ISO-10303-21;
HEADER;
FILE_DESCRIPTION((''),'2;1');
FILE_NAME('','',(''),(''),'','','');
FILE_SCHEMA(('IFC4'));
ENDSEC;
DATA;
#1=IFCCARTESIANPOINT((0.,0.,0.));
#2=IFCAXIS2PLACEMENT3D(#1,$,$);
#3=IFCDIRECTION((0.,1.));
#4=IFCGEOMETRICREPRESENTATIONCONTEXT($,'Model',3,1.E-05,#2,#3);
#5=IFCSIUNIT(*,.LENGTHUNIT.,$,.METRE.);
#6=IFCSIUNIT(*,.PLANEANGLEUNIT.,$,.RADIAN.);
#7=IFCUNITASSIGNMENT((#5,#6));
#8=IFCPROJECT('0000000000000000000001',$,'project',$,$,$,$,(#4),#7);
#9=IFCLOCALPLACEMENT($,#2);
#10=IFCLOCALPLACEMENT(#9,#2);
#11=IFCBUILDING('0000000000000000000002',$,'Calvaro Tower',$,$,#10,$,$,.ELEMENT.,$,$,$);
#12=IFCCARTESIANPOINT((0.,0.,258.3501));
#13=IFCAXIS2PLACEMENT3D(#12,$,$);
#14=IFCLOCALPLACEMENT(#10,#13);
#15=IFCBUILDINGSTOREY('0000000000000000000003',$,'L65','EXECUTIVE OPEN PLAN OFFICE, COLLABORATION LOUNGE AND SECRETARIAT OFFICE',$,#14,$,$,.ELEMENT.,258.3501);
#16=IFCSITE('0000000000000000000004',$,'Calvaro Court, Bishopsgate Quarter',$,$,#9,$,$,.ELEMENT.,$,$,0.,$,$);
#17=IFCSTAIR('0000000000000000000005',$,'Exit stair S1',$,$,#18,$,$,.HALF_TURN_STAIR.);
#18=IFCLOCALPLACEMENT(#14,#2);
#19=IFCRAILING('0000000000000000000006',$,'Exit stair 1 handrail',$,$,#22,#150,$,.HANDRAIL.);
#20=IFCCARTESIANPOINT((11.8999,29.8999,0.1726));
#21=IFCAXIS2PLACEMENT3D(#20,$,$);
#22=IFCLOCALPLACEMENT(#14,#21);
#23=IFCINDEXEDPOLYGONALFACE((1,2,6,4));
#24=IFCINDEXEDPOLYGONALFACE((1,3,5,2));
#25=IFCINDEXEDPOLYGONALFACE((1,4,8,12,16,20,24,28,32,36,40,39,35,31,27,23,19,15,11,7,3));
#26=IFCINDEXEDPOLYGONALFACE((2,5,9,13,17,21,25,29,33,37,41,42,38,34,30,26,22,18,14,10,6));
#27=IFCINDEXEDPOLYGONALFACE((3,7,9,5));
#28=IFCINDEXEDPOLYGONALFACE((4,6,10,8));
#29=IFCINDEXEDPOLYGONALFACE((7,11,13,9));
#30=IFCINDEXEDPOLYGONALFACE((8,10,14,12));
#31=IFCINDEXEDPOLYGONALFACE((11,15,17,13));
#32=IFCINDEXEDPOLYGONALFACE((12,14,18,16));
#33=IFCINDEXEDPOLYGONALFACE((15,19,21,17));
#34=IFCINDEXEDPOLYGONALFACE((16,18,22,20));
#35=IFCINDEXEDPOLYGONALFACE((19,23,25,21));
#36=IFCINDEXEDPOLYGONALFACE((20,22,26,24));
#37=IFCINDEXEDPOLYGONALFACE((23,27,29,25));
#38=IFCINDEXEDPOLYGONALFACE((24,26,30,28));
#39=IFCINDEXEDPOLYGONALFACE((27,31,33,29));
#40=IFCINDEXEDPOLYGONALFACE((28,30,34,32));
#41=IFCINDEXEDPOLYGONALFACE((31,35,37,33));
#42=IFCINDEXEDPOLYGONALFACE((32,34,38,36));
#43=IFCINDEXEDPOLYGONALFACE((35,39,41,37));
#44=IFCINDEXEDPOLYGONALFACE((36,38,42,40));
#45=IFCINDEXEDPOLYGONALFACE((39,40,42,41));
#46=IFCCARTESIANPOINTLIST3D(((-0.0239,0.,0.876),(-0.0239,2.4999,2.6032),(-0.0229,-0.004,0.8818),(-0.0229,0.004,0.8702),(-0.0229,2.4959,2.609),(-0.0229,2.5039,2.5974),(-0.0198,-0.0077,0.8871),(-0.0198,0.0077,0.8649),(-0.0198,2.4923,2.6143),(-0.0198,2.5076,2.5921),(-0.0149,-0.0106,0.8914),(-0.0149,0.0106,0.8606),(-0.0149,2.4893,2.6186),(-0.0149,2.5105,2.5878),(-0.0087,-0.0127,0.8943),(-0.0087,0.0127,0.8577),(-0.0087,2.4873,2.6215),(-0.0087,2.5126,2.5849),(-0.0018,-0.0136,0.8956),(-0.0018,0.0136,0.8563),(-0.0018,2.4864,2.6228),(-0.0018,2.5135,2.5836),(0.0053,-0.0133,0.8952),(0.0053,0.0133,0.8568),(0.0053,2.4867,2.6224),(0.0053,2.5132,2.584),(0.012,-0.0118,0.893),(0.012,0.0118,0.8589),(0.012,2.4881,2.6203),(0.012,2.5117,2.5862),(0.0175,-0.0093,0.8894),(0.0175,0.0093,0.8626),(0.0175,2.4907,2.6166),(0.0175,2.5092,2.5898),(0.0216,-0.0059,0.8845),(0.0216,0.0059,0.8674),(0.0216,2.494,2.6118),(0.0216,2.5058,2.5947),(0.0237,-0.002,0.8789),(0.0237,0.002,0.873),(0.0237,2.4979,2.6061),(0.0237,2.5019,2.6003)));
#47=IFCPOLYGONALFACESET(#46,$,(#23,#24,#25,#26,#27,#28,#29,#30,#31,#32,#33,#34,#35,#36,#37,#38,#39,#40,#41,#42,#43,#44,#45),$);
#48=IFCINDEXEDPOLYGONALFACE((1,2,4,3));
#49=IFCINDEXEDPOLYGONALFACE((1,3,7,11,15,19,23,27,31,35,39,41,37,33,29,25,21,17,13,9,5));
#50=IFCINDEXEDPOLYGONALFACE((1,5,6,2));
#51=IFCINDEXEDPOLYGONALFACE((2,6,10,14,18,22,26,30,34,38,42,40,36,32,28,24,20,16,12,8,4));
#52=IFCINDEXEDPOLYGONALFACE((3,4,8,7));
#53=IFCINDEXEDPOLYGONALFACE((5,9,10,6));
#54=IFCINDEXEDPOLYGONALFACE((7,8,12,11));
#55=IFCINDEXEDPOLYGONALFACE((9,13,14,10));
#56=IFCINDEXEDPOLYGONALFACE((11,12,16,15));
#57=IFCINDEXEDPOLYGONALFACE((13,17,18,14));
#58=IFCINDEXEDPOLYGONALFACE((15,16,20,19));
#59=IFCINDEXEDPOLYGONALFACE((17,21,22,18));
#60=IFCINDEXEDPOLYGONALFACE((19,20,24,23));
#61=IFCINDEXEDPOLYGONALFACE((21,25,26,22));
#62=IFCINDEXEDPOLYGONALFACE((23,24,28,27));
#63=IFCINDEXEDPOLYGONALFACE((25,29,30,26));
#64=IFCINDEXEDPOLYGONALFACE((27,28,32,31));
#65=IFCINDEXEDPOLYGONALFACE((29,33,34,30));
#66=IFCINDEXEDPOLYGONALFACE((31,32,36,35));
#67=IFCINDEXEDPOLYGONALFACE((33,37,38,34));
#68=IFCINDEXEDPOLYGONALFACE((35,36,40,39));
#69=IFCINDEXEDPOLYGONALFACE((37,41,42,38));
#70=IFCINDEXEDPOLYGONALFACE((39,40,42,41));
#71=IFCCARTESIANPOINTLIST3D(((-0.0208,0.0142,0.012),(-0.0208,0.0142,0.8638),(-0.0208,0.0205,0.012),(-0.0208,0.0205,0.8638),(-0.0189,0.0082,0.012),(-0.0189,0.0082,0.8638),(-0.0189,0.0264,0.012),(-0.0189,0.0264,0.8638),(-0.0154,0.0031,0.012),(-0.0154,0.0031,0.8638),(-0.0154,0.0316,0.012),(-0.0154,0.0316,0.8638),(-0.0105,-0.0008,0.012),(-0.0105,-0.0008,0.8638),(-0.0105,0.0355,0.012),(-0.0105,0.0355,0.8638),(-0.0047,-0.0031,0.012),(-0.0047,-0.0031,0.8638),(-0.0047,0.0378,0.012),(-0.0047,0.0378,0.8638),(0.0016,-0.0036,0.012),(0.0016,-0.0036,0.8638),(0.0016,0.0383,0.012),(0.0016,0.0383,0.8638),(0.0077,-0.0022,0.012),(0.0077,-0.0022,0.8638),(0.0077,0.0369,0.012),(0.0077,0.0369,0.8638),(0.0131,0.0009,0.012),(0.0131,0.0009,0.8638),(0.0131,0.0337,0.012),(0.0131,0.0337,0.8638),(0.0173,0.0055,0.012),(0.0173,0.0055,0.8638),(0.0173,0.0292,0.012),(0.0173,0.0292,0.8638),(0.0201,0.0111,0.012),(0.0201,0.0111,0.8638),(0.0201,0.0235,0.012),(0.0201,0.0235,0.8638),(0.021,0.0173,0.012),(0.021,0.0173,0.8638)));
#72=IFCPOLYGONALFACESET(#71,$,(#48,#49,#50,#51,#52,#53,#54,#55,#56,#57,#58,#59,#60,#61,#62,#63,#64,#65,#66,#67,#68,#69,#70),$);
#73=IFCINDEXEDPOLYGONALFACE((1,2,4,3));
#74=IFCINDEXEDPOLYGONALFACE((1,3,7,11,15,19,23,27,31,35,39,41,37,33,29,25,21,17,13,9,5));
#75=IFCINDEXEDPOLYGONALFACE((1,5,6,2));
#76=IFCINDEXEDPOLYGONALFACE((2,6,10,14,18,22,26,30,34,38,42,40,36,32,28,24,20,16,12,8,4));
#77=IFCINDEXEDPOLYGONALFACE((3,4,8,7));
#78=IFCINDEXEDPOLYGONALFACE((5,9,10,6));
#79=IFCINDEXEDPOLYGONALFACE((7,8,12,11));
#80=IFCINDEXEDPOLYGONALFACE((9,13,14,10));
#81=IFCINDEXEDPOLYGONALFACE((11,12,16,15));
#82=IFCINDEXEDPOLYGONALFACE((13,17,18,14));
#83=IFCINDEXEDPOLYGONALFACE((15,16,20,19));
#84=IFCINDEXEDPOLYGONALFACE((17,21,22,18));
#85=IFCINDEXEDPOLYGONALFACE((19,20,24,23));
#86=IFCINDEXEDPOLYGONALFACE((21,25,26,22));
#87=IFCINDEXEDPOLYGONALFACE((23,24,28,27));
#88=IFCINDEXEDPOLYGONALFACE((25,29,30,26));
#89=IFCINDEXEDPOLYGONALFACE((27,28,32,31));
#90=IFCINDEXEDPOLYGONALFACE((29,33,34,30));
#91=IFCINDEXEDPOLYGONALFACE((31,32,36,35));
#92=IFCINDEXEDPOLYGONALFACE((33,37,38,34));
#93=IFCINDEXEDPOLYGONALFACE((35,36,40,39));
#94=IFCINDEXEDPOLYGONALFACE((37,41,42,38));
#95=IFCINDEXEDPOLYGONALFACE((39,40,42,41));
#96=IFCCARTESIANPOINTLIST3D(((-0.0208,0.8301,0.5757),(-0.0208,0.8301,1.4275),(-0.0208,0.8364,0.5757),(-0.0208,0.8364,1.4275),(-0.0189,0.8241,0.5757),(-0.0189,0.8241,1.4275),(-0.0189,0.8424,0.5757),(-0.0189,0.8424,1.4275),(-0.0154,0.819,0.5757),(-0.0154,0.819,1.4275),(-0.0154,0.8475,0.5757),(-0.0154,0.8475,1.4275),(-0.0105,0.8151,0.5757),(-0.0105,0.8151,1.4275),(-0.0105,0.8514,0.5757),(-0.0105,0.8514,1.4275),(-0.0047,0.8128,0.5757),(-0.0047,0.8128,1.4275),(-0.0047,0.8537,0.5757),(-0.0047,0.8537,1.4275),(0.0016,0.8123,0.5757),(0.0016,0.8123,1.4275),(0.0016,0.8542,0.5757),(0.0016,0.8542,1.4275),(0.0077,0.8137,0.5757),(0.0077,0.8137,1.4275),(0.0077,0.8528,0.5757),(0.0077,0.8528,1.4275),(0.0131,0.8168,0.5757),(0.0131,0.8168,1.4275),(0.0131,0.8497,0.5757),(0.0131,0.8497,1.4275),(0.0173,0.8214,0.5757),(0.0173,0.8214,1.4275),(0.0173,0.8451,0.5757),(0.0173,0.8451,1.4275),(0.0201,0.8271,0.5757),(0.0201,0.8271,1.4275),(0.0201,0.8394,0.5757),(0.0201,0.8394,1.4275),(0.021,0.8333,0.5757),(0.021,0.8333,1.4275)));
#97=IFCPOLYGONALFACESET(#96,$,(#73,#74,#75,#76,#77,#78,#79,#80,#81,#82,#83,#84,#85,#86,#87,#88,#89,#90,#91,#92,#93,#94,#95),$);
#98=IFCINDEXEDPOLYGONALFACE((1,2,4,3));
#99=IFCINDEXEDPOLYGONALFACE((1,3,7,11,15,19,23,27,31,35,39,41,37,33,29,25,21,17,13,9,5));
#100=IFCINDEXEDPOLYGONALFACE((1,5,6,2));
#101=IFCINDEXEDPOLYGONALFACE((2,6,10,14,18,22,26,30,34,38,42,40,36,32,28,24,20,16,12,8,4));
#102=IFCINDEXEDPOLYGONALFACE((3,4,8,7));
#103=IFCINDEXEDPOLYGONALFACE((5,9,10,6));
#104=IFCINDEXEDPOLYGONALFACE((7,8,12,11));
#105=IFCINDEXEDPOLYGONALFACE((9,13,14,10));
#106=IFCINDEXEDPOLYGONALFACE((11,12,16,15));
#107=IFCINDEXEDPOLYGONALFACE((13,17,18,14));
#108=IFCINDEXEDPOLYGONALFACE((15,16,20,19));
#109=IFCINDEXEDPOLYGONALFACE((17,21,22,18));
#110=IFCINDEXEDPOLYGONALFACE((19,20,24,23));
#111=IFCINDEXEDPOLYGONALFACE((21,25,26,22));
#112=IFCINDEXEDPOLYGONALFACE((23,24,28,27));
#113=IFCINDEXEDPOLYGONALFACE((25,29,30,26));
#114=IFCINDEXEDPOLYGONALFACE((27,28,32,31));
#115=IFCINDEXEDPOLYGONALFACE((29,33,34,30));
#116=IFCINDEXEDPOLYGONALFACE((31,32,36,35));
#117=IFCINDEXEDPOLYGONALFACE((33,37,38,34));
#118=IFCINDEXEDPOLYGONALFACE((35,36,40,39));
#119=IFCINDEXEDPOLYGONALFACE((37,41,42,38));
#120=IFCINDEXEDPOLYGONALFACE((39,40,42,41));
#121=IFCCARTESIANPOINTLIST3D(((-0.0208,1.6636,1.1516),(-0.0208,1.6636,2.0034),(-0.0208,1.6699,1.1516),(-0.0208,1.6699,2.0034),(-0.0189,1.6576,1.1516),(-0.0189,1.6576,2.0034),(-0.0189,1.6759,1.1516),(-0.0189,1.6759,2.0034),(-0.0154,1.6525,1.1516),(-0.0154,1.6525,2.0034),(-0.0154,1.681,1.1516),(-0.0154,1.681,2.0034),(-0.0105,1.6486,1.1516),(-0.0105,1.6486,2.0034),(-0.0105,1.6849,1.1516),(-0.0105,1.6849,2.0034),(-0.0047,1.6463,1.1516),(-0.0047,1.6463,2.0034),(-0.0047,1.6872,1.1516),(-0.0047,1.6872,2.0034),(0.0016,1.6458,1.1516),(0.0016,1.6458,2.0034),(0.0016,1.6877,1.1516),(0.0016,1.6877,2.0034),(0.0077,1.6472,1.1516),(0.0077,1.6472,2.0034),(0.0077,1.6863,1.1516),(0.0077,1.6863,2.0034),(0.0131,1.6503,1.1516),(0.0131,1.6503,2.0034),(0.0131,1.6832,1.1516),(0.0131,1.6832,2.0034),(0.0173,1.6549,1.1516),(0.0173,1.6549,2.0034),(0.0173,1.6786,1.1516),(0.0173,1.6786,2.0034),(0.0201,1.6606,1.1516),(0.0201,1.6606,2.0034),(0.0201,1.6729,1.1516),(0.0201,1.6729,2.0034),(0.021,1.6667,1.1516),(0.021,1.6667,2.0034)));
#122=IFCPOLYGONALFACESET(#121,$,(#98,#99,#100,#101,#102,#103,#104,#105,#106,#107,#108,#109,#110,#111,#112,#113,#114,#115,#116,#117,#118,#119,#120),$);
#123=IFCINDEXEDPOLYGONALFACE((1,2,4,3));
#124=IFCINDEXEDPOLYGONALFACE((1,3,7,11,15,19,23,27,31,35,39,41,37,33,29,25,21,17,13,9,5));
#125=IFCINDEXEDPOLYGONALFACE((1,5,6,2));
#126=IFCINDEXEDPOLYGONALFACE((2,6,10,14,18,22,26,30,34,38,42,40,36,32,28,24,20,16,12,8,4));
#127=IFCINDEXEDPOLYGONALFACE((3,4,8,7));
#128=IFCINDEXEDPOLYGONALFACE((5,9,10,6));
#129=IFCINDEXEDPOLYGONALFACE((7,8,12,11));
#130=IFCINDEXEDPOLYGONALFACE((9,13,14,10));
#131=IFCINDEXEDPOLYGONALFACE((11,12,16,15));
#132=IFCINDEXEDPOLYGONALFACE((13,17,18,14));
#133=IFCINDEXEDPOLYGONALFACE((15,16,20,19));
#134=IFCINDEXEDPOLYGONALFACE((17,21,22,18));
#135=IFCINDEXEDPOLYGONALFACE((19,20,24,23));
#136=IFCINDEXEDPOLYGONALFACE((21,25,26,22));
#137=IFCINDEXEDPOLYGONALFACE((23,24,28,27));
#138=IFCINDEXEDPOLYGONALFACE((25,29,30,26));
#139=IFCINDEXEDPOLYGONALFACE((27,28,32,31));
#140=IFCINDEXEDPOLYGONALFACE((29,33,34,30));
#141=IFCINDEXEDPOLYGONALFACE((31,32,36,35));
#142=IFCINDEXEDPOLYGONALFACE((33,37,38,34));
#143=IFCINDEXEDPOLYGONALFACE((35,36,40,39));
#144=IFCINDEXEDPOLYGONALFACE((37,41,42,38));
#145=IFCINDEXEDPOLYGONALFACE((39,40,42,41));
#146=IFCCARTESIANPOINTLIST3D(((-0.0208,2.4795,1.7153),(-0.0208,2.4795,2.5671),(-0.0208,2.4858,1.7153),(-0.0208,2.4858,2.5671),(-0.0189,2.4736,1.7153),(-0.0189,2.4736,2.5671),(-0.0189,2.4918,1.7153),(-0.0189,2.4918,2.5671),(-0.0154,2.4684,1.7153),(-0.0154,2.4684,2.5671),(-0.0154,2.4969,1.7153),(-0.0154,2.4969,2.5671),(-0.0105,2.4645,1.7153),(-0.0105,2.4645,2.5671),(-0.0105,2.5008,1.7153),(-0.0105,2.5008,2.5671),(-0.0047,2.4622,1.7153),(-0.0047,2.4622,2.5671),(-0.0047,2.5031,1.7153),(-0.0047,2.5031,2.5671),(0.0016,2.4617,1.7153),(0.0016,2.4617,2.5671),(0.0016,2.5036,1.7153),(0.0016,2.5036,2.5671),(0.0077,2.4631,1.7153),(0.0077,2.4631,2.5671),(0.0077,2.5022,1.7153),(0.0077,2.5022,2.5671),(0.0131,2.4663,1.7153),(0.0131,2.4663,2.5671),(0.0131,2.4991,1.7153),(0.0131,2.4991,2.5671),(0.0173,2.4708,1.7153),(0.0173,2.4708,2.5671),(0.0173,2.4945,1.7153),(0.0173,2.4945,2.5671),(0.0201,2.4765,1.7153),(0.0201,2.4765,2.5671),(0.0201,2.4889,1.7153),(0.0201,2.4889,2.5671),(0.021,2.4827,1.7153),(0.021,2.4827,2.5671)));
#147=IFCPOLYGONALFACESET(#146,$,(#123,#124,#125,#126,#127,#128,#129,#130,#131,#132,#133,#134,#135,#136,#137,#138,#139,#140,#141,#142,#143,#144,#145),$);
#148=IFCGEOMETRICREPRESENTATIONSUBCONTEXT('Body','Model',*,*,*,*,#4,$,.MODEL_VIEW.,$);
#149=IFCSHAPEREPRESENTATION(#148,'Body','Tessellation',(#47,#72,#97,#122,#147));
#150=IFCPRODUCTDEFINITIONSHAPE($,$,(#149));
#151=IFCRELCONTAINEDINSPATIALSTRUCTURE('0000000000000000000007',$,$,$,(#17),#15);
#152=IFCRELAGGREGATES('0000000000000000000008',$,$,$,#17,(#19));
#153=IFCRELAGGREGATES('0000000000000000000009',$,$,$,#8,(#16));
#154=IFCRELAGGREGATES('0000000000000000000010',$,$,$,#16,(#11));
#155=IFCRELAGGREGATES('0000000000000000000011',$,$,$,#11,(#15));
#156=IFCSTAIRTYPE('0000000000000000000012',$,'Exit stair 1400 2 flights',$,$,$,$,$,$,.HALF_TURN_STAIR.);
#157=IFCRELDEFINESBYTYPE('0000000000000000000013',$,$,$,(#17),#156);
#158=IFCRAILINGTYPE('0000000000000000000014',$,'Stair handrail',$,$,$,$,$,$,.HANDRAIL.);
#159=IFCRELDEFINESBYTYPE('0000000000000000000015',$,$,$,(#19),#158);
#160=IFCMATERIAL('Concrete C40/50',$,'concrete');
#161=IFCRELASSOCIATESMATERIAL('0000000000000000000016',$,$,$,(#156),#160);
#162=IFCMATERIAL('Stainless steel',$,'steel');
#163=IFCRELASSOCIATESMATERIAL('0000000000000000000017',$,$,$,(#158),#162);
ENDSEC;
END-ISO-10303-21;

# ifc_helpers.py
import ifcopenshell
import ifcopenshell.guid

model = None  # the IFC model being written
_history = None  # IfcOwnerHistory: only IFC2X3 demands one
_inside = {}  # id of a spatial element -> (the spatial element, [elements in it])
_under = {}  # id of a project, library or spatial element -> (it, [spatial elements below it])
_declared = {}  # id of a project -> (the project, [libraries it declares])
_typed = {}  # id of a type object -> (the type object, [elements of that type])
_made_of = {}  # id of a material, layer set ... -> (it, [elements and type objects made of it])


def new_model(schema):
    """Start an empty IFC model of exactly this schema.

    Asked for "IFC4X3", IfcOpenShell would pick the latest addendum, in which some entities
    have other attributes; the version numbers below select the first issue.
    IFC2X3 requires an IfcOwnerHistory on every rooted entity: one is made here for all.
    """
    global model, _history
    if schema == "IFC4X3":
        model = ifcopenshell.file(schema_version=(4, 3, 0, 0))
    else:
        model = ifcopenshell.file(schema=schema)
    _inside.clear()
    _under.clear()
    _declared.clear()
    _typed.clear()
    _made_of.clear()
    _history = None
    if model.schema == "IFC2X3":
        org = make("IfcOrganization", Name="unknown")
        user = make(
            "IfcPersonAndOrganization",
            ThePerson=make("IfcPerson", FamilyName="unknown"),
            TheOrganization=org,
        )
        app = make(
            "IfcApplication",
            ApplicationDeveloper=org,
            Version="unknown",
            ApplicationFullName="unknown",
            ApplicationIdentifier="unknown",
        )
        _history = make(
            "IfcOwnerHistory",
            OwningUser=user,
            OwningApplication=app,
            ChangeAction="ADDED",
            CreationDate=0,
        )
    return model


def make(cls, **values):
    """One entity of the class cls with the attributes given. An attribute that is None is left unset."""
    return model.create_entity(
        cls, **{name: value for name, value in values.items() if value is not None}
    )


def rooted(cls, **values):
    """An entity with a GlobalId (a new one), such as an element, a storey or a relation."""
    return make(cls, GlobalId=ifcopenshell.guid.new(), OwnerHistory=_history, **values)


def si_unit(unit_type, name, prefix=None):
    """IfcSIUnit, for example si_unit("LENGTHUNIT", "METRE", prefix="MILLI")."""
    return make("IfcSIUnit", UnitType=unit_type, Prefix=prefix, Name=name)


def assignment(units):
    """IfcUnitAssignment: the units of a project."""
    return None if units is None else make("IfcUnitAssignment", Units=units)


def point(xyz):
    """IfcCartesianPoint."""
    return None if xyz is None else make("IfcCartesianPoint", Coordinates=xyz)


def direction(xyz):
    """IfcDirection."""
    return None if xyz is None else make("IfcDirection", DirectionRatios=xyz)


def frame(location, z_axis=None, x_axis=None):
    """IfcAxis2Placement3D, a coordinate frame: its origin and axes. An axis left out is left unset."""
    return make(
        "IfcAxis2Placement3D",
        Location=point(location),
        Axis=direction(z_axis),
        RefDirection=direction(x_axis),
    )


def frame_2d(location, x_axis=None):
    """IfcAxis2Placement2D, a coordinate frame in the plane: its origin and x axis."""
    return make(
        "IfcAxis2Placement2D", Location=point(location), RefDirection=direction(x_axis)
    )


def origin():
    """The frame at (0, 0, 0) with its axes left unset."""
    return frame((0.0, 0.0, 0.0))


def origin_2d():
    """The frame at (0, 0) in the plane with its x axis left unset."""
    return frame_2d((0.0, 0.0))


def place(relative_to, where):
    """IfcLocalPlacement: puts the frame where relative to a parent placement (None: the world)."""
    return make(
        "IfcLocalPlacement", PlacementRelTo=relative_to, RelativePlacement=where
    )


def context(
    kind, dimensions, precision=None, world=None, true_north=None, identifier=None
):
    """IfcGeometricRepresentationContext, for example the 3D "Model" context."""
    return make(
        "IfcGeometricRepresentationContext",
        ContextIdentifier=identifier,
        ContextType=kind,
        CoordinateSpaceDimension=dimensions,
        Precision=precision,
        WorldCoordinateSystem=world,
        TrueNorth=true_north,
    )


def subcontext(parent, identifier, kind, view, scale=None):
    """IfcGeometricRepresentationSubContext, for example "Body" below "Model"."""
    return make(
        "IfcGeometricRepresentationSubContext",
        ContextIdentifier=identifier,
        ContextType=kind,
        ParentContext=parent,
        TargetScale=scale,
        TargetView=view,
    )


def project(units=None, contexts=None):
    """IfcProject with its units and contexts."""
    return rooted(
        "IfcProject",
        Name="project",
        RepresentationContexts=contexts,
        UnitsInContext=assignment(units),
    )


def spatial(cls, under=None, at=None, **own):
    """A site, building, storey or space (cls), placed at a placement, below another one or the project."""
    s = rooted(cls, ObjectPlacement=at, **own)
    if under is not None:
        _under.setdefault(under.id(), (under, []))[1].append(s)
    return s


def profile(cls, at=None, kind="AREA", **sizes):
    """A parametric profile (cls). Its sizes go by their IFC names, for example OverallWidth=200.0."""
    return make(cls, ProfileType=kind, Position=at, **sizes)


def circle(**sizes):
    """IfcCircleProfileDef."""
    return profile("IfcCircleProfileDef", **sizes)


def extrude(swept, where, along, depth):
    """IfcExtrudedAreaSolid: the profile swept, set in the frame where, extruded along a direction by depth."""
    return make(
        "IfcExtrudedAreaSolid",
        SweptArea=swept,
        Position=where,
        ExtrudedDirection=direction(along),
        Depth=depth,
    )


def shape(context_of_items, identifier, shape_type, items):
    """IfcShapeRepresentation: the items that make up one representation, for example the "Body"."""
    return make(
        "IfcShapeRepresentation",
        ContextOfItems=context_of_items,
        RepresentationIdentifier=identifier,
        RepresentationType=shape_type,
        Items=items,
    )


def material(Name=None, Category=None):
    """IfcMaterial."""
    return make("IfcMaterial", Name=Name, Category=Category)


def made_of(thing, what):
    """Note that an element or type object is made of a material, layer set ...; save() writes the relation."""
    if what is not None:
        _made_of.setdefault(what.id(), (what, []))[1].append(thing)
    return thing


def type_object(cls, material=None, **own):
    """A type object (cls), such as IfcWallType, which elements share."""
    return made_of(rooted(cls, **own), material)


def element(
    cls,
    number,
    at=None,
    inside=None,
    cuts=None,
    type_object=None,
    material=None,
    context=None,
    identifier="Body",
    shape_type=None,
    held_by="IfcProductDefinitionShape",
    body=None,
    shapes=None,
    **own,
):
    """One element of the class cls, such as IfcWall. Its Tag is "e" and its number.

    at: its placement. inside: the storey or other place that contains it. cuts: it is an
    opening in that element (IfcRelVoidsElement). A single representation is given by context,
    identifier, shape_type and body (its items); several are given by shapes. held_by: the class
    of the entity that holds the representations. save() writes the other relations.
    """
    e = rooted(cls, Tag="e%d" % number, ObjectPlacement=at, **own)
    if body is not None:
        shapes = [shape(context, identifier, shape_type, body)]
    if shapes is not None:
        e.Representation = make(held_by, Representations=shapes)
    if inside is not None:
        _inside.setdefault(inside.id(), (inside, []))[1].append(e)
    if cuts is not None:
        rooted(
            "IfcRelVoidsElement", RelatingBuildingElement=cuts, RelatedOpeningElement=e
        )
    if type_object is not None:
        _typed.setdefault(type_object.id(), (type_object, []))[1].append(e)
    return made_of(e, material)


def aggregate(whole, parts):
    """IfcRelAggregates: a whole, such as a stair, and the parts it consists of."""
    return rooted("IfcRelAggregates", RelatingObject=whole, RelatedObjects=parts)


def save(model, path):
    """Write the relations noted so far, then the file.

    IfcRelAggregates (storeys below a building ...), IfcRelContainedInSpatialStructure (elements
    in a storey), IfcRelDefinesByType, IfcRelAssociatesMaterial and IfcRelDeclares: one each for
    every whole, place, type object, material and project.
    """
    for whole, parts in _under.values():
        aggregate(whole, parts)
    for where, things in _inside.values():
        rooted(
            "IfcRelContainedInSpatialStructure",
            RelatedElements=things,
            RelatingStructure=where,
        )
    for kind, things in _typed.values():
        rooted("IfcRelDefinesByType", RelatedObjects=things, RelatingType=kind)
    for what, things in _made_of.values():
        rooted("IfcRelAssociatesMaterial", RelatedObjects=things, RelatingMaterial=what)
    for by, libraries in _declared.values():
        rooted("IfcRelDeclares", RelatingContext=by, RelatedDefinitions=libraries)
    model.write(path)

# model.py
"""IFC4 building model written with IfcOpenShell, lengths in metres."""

from ifc_helpers import new_model, si_unit, direction, frame, origin, origin_2d, place, context, subcontext, project, spatial, circle, extrude, material, type_object, element, aggregate, save


model = new_model("IFC4")

# Units and contexts
model_context = context("Model", 3, precision=1e-05, world=origin(), true_north=direction((0.0, 1.0)))
body_context = subcontext(model_context, "Body", "Model", "MODEL_VIEW")
ifc_project = project(units=[si_unit("LENGTHUNIT", "METRE"), si_unit("PLANEANGLEUNIT", "RADIAN")], contexts=[model_context])

# Site, building, storey
site_placement = place(None, origin())
site = spatial("IfcSite", under=ifc_project, at=site_placement, Name="Calvaro Court, Bishopsgate Quarter", CompositionType="ELEMENT", RefElevation=0.0)
building_placement = place(site_placement, origin())
building = spatial("IfcBuilding", under=site, at=building_placement, Name="Calvaro Tower", CompositionType="ELEMENT")
storey_placement = place(building_placement, frame((0.0, 0.0, 258.3501)))
storey = spatial("IfcBuildingStorey", under=building, at=storey_placement, Name="L65", Description="EXECUTIVE OPEN PLAN OFFICE, COLLABORATION LOUNGE AND SECRETARIAT OFFICE", CompositionType="ELEMENT", Elevation=258.3501)

# Stair, railing
ifc_material_1 = material(Name="Concrete C40/50", Category="concrete")
stair_type = type_object("IfcStairType", Name="Exit stair 1400 2 flights", PredefinedType="HALF_TURN_STAIR", material=ifc_material_1)
stair_placement = place(storey_placement, origin())
stair = element("IfcStair", 1, at=stair_placement, inside=storey, type_object=stair_type, Name="Exit stair S1", PredefinedType="HALF_TURN_STAIR")
ifc_material_2 = material(Name="Stainless steel", Category="steel")
railing_type = type_object("IfcRailingType", Name="Stair handrail", PredefinedType="HANDRAIL", material=ifc_material_2)
railing_1_placement = place(storey_placement, frame((11.8999, 29.8999, 0.1726)))
railing_1 = element("IfcRailing", 2, at=railing_1_placement, type_object=railing_type, Name="Exit stair 1 handrail", PredefinedType="HANDRAIL", context=body_context, shape_type="SweptSolid", body=[
    extrude(circle(Radius=0.0239, at=origin_2d()), frame((0.0, 0.0, 0.876), z_axis=(0.0, 0.822727, 0.568437), x_axis=(-1.0, 0.0, 0.0)), (0.0, 0.0, 1.0), 3.0386),
    extrude(circle(Radius=0.021, at=origin_2d()), frame((0.0, 0.0173, 0.012)), (0.0, 0.0, 1.0), 0.8518),
    extrude(circle(Radius=0.021, at=origin_2d()), frame((0.0, 0.8333, 0.5757)), (0.0, 0.0, 1.0), 0.8518),
    extrude(circle(Radius=0.021, at=origin_2d()), frame((0.0, 1.6667, 1.1516)), (0.0, 0.0, 1.0), 0.8518),
    extrude(circle(Radius=0.021, at=origin_2d()), frame((0.0, 2.4827, 1.7153)), (0.0, 0.0, 1.0), 0.8518),
])
aggregate(stair, [railing_1])

save(model, "model.ifc")
